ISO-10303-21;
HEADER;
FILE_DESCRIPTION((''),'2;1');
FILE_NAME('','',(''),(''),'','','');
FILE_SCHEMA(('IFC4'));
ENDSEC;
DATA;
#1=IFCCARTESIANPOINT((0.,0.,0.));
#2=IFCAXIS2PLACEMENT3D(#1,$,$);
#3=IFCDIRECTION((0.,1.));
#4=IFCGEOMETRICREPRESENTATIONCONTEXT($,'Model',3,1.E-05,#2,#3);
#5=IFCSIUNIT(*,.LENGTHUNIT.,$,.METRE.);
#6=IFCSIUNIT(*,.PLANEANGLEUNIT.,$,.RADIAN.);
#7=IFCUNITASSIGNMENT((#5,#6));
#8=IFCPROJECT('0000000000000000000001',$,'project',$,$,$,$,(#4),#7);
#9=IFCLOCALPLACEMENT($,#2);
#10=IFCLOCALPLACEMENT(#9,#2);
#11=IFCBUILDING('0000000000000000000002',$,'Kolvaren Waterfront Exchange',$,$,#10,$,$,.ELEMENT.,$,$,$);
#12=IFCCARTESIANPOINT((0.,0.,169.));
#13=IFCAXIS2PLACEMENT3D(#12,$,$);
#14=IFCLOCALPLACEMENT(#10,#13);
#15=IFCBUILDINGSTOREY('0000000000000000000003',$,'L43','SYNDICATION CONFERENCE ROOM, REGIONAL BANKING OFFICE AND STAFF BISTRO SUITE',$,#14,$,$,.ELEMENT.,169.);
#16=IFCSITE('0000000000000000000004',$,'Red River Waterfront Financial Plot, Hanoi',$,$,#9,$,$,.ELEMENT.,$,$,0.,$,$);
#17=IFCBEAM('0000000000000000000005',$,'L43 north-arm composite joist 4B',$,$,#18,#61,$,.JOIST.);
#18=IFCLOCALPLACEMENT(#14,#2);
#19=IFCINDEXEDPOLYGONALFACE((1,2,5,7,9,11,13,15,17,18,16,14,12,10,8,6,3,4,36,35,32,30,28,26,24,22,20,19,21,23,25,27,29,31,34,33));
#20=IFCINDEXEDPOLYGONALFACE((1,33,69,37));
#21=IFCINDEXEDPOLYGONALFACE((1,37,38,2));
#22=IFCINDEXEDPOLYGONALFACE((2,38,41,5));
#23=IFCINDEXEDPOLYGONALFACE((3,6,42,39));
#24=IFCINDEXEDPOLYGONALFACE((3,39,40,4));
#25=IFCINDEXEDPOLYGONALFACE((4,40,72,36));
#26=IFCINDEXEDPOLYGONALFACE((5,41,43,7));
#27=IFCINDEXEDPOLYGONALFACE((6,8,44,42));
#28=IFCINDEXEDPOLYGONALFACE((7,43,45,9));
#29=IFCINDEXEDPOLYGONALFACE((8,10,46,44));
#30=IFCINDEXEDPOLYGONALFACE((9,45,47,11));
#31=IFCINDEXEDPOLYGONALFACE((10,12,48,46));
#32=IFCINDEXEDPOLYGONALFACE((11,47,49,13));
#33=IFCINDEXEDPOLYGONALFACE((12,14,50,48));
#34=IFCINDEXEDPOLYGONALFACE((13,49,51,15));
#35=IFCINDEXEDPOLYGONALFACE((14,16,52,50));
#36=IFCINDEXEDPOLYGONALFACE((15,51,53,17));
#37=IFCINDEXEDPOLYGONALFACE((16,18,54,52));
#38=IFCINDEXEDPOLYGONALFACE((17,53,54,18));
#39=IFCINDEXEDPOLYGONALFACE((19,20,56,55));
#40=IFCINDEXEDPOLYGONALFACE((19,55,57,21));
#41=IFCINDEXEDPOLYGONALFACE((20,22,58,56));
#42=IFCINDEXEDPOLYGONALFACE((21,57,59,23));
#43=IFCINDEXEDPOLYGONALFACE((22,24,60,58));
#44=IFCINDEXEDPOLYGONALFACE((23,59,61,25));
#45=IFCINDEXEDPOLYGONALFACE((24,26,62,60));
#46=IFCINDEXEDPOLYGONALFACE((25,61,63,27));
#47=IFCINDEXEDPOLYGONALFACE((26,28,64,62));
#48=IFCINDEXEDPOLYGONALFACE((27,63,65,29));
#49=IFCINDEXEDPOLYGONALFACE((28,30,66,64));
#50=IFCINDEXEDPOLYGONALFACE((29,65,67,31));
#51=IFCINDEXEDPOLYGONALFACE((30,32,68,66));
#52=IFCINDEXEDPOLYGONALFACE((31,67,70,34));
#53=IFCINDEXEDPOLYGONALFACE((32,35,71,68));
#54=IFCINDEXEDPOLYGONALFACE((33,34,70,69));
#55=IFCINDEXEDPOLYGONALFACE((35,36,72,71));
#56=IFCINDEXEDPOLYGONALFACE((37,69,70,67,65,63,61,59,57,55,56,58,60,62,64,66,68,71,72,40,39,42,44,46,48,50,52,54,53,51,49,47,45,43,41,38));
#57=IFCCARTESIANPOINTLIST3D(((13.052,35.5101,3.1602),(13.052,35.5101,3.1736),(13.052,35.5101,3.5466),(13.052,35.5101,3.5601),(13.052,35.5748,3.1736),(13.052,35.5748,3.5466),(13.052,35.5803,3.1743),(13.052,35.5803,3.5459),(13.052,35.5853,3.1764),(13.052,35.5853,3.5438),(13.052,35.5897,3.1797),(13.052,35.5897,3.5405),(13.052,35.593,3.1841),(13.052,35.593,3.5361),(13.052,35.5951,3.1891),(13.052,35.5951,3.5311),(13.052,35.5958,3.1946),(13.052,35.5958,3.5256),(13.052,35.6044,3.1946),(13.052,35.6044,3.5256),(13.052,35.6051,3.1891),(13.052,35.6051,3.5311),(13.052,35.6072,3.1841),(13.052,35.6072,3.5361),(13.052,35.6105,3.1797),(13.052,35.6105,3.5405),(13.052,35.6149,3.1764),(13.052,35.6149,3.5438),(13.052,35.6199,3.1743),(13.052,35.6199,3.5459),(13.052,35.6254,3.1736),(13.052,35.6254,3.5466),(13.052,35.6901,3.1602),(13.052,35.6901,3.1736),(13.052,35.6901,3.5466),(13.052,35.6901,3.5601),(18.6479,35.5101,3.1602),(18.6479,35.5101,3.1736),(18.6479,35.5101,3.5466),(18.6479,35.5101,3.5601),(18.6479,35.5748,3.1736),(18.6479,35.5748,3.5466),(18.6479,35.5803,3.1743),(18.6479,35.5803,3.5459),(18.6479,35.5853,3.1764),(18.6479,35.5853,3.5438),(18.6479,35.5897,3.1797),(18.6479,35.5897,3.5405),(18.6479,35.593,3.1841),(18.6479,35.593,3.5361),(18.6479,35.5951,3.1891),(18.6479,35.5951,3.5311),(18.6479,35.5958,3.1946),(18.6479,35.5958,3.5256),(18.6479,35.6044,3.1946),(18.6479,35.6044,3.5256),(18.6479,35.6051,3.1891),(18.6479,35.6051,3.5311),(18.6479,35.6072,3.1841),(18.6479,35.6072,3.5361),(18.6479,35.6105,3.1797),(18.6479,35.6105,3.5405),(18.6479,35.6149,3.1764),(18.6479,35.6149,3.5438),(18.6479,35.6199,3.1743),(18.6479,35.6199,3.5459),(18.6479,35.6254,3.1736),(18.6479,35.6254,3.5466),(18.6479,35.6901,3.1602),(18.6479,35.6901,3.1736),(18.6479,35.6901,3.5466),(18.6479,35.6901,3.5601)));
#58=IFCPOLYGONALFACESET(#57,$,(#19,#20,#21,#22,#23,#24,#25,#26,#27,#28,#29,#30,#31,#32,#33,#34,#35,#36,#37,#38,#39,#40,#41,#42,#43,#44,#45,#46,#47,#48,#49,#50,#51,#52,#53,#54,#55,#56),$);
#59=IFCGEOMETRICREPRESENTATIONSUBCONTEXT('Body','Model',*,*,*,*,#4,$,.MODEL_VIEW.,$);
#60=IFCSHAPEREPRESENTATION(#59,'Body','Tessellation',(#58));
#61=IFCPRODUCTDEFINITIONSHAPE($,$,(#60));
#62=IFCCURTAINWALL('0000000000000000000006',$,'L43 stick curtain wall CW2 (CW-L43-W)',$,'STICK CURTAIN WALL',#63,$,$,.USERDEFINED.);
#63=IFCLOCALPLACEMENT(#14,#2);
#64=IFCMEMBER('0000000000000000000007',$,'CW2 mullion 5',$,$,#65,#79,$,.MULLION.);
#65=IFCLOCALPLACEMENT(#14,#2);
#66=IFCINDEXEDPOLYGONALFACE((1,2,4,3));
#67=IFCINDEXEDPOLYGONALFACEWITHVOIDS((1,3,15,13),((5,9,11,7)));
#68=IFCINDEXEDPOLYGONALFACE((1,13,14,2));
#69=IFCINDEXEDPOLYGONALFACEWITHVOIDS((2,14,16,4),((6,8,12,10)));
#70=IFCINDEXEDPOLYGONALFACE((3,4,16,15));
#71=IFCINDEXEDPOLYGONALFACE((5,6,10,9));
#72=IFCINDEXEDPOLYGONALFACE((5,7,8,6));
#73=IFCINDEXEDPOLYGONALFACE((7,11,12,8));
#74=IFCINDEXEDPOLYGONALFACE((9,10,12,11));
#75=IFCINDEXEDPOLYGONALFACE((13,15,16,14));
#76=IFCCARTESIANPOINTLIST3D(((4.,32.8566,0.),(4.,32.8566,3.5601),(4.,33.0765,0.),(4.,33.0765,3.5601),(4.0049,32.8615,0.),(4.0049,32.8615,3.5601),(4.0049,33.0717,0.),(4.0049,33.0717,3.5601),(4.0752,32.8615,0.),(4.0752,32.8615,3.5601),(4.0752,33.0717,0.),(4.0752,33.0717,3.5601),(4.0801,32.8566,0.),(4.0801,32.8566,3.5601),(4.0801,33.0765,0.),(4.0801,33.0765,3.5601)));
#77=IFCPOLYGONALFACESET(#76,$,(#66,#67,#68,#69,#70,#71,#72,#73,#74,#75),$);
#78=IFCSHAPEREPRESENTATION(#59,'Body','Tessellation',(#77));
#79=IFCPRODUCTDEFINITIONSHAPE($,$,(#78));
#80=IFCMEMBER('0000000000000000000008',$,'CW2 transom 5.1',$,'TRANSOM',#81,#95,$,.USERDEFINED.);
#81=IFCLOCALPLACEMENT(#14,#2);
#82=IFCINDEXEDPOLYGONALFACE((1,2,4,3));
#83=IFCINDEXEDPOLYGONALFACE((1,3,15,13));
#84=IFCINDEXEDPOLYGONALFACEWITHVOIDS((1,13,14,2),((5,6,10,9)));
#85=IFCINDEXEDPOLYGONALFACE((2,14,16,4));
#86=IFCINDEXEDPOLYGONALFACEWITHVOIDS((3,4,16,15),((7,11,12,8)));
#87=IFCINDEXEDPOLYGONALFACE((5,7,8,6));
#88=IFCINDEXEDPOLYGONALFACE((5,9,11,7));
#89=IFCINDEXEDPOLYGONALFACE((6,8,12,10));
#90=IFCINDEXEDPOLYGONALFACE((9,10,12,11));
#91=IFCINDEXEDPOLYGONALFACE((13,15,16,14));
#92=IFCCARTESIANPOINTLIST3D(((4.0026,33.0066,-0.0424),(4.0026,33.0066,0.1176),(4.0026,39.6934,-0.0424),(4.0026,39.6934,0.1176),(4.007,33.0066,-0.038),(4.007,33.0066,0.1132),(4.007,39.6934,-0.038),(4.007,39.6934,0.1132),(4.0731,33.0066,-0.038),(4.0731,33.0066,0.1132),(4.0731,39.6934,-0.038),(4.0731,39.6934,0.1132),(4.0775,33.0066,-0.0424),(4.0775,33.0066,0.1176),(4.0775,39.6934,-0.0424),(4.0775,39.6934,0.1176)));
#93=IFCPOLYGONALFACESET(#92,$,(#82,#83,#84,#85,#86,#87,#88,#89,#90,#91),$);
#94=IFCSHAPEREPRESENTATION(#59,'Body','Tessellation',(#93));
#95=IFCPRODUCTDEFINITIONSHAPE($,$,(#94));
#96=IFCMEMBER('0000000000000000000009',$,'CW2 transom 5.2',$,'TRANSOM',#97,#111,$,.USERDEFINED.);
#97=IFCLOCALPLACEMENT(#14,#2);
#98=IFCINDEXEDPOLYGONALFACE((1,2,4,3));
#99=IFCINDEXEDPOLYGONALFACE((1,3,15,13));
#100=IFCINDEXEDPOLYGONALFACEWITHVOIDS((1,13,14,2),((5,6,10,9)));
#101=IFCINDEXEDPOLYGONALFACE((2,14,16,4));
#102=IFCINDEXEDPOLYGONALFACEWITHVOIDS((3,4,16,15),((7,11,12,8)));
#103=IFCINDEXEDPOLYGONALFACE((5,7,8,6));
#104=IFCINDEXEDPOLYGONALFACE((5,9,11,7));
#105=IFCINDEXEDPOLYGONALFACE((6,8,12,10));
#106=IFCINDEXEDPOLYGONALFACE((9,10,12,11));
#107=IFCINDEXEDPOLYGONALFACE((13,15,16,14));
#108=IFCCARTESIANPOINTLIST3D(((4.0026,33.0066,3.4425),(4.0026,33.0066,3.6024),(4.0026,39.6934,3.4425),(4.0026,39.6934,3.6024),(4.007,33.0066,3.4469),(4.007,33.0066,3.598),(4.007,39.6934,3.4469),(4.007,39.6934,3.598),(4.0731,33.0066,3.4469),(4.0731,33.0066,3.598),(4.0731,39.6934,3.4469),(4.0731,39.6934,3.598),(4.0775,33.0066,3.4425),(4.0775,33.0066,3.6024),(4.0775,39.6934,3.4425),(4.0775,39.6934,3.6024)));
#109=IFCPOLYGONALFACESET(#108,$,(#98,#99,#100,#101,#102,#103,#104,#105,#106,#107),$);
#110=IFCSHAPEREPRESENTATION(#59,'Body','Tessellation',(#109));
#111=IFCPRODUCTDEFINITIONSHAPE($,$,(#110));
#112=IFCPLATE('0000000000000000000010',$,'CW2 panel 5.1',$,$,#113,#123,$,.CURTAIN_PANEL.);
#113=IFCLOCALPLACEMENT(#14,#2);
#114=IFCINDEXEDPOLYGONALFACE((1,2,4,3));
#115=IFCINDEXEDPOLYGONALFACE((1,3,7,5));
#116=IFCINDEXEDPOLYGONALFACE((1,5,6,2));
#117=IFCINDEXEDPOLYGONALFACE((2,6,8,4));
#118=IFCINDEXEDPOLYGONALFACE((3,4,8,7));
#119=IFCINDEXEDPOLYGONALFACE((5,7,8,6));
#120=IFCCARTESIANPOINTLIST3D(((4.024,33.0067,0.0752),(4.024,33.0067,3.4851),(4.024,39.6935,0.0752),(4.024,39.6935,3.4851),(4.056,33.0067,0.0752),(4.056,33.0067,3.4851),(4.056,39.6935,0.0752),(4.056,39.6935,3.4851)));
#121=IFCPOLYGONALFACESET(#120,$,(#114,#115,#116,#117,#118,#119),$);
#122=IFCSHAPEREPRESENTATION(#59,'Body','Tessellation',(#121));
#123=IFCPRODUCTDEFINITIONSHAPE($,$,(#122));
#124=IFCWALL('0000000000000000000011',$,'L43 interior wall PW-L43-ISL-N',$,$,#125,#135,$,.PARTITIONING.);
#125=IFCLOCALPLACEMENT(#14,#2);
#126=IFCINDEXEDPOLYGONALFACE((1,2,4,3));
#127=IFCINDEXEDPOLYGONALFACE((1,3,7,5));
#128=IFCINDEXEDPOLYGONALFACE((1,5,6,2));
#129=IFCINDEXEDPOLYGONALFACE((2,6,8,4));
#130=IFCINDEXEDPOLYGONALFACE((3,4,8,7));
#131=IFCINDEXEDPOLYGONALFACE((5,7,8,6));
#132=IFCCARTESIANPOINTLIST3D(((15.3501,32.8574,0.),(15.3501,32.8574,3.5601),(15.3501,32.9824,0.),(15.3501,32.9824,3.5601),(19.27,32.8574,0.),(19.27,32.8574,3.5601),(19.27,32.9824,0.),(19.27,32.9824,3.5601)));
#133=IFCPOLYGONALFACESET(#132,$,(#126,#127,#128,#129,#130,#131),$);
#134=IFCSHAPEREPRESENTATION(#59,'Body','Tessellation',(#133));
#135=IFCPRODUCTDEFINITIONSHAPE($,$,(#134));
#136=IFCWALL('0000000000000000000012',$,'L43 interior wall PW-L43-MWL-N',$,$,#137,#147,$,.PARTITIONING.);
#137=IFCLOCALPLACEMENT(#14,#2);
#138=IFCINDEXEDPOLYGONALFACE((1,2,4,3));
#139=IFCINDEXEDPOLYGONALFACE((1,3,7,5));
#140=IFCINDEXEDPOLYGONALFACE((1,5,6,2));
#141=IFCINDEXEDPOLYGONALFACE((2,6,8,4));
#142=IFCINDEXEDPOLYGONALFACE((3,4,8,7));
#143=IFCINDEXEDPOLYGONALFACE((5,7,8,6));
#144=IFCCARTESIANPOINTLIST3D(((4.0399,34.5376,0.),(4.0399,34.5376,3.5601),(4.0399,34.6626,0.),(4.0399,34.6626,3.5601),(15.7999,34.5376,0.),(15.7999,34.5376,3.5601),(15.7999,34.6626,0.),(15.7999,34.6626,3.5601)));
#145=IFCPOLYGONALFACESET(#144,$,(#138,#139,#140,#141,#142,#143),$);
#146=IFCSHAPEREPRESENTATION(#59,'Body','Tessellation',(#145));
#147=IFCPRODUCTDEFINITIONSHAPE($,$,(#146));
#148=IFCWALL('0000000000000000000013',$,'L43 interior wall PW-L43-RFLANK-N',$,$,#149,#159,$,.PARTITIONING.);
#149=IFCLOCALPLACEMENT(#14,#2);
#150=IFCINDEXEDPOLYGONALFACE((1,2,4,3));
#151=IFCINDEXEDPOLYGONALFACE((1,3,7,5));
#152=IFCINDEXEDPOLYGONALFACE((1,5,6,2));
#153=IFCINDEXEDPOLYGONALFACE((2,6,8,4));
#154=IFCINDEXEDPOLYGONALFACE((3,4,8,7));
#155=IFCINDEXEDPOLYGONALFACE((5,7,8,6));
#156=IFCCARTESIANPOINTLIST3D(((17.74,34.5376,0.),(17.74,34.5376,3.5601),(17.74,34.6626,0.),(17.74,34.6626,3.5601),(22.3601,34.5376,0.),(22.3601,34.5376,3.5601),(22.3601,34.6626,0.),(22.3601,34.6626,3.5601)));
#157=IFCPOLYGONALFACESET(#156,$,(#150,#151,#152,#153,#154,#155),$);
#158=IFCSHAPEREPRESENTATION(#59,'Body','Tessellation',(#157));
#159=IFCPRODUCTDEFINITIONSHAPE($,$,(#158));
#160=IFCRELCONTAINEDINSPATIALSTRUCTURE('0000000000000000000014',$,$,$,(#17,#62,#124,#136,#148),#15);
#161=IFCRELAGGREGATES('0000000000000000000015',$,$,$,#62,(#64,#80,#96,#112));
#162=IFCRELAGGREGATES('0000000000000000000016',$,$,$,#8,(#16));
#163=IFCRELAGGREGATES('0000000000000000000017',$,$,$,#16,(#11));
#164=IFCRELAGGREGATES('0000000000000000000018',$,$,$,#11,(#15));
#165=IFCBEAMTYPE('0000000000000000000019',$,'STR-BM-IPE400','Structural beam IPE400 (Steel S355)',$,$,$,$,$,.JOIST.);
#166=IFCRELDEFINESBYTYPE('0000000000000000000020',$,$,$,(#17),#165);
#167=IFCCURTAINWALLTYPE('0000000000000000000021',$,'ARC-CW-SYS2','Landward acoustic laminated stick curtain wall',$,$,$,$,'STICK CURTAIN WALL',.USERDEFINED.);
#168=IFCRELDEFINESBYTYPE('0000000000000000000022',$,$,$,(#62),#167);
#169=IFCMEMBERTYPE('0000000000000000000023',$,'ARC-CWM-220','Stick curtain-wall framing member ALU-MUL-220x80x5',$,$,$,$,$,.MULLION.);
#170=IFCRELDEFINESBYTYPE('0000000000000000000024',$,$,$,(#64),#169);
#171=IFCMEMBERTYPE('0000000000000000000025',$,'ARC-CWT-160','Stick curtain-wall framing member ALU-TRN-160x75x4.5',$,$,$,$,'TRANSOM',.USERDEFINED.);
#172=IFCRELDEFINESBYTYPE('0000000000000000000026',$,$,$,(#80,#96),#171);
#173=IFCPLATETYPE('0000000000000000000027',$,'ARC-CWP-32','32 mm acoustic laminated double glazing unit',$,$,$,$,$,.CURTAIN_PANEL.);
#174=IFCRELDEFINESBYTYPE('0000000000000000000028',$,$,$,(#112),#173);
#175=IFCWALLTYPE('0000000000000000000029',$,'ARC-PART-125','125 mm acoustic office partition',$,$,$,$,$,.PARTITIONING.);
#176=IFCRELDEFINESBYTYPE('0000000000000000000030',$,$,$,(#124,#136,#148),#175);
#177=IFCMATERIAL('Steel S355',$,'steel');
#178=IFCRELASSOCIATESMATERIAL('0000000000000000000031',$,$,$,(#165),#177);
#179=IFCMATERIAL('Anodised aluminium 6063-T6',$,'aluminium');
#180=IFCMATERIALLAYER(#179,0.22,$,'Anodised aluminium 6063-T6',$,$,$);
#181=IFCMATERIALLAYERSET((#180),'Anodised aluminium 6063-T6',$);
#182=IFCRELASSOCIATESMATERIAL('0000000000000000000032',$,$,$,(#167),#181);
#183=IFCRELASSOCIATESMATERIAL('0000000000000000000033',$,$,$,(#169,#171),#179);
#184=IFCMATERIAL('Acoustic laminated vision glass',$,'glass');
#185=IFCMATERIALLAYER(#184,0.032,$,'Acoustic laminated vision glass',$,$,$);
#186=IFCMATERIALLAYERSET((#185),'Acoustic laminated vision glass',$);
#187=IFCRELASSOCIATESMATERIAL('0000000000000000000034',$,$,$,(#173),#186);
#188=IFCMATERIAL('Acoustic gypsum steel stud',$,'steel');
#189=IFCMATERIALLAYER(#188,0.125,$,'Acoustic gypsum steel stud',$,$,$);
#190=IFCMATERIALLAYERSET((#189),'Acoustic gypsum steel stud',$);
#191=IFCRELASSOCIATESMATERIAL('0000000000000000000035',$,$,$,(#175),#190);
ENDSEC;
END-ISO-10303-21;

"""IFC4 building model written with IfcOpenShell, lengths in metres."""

from ifc_helpers import new_model, si_unit, direction, frame, frame_2d, origin, origin_with_axes, origin_2d, place, context, subcontext, project, spatial, rectangle, hollow_rectangle, i_section, extrude, source, transform, mapped, material, layer, layer_set, material_profile, profile_set, type_object, element, aggregate, save


model = new_model("IFC4")

# Units and contexts
model_context = context("Model", 3, precision=1e-05, world=origin(), true_north=direction((0.0, 1.0)))
body_context = subcontext(model_context, "Body", "Model", "MODEL_VIEW")
ifc_project = project(units=[si_unit("LENGTHUNIT", "METRE"), si_unit("PLANEANGLEUNIT", "RADIAN")], contexts=[model_context])

# Site, building, storey
site_placement = place(None, origin())
site = spatial("IfcSite", under=ifc_project, at=site_placement, Name="Red River Waterfront Financial Plot, Hanoi", CompositionType="ELEMENT", RefElevation=0.0)
building_placement = place(site_placement, origin())
building = spatial("IfcBuilding", under=site, at=building_placement, Name="Kolvaren Waterfront Exchange", CompositionType="ELEMENT")
storey_placement = place(building_placement, frame((0.0, 0.0, 169.0)))
storey = spatial("IfcBuildingStorey", under=building, at=storey_placement, Name="L43", Description="SYNDICATION CONFERENCE ROOM, REGIONAL BANKING OFFICE AND STAFF BISTRO SUITE", CompositionType="ELEMENT", Elevation=169.0)

# Beam
ifc_material_1 = material(Name="Steel S355", Category="steel")
ifc_material_profile_1 = material_profile(ifc_material_1, i_section(OverallWidth=0.1799, OverallDepth=0.3999, WebThickness=0.0085, FlangeThickness=0.0134, FilletRadius=0.021, at=origin_2d()), Name="IPE400")
ifc_profile_set_1 = profile_set([ifc_material_profile_1], Name="Steel S355")
beam_type_1 = type_object("IfcBeamType", Name="STR-BM-IPE400", Description="Structural beam IPE400 (Steel S355)", PredefinedType="JOIST", material=ifc_profile_set_1)
beam_1_placement = place(storey_placement, frame((13.052, 35.6001, 3.3601), z_axis=(1.0, 0.0, 0.0), x_axis=(0.0, 1.0, 0.0)))
element("IfcBeam", 1, at=beam_1_placement, inside=storey, type_object=beam_type_1, Name="L43 north-arm composite joist 4B", PredefinedType="JOIST", context=body_context, shape_type="SweptSolid", body=[
    extrude(i_section(OverallWidth=0.1799, OverallDepth=0.3999, WebThickness=0.0085, FlangeThickness=0.0134, FilletRadius=0.021, at=origin_2d()), origin(), (0.0, 0.0, 1.0), 5.5959),
])

# Curtain wall, members, plate
ifc_material_2 = material(Name="Anodised aluminium 6063-T6", Category="aluminium")
ifc_layer_1 = layer(ifc_material_2, 0.22, Name="Anodised aluminium 6063-T6")
ifc_layer_set_1 = layer_set([ifc_layer_1], Name="Anodised aluminium 6063-T6")
curtain_wall_type = type_object("IfcCurtainWallType", Name="ARC-CW-SYS2", Description="Landward acoustic laminated stick curtain wall", ElementType="STICK CURTAIN WALL", PredefinedType="USERDEFINED", material=ifc_layer_set_1)
curtain_wall_placement = place(storey_placement, origin())
curtain_wall = element("IfcCurtainWall", 2, at=curtain_wall_placement, inside=storey, type_object=curtain_wall_type, Name="L43 stick curtain wall CW2 (CW-L43-W)", ObjectType="STICK CURTAIN WALL", PredefinedType="USERDEFINED")
ifc_material_profile_2 = material_profile(ifc_material_2, hollow_rectangle(XDim=0.0801, YDim=0.22, WallThickness=0.0049, at=origin_2d()), Name="ALU-MUL-220x80x5")
ifc_profile_set_2 = profile_set([ifc_material_profile_2], Name="Anodised aluminium 6063-T6")
member_type_1 = type_object("IfcMemberType", Name="ARC-CWM-220", Description="Stick curtain-wall framing member ALU-MUL-220x80x5", PredefinedType="MULLION", material=ifc_profile_set_2)
shared_shape_1 = source(origin_with_axes(), body_context, "Body", "SweptSolid", [
    extrude(hollow_rectangle(XDim=0.0801, YDim=0.22, WallThickness=0.0049, at=origin_2d()), origin(), (0.0, 0.0, 1.0), 3.5601),
])
member_1_placement = place(storey_placement, frame((4.04, 32.9666, 0.0), z_axis=(0.0, 0.0, 1.0), x_axis=(-1.0, 0.0, 0.0)))
member_1 = element("IfcMember", 3, at=member_1_placement, type_object=member_type_1, Name="CW2 mullion 5", PredefinedType="MULLION", context=body_context, shape_type="MappedRepresentation", body=[
    mapped(shared_shape_1, transform((0.0, 0.0, 0.0), x_axis=(1.0, 0.0, 0.0), y_axis=(0.0, 1.0, 0.0), z_axis=(0.0, 0.0, 1.0), scale=1.0)),
])
ifc_material_profile_3 = material_profile(ifc_material_2, hollow_rectangle(XDim=0.075, YDim=0.1599, WallThickness=0.0044, at=origin_2d()), Name="ALU-TRN-160x75x4.5")
ifc_profile_set_3 = profile_set([ifc_material_profile_3], Name="Anodised aluminium 6063-T6")
member_type_2 = type_object("IfcMemberType", Name="ARC-CWT-160", Description="Stick curtain-wall framing member ALU-TRN-160x75x4.5", ElementType="TRANSOM", PredefinedType="USERDEFINED", material=ifc_profile_set_3)
shared_shape_2 = source(origin_with_axes(), body_context, "Body", "SweptSolid", [
    extrude(hollow_rectangle(XDim=0.075, YDim=0.1599, WallThickness=0.0044, at=origin_2d()), origin(), (0.0, 0.0, 1.0), 6.6868),
])
member_2_placement = place(storey_placement, frame((4.04, 33.0066, 0.0376), z_axis=(0.0, 1.0, 0.0), x_axis=(-1.0, 0.0, 0.0)))
member_2 = element("IfcMember", 4, at=member_2_placement, type_object=member_type_2, Name="CW2 transom 5.1", ObjectType="TRANSOM", PredefinedType="USERDEFINED", context=body_context, shape_type="MappedRepresentation", body=[
    mapped(shared_shape_2, transform((0.0, 0.0, 0.0), x_axis=(1.0, 0.0, 0.0), y_axis=(0.0, 1.0, 0.0), z_axis=(0.0, 0.0, 1.0), scale=1.0)),
])
member_3_placement = place(storey_placement, frame((4.04, 33.0066, 3.5225), z_axis=(0.0, 1.0, 0.0), x_axis=(-1.0, 0.0, 0.0)))
member_3 = element("IfcMember", 5, at=member_3_placement, type_object=member_type_2, Name="CW2 transom 5.2", ObjectType="TRANSOM", PredefinedType="USERDEFINED", context=body_context, shape_type="MappedRepresentation", body=[
    mapped(shared_shape_2, transform((0.0, 0.0, 0.0), x_axis=(1.0, 0.0, 0.0), y_axis=(0.0, 1.0, 0.0), z_axis=(0.0, 0.0, 1.0), scale=1.0)),
])
ifc_material_3 = material(Name="Acoustic laminated vision glass", Category="glass")
ifc_layer_2 = layer(ifc_material_3, 0.032, Name="Acoustic laminated vision glass")
ifc_layer_set_2 = layer_set([ifc_layer_2], Name="Acoustic laminated vision glass")
plate_type = type_object("IfcPlateType", Name="ARC-CWP-32", Description="32 mm acoustic laminated double glazing unit", PredefinedType="CURTAIN_PANEL", material=ifc_layer_set_2)
shared_shape_3 = source(origin_with_axes(), body_context, "Body", "SweptSolid", [
    extrude(rectangle(XDim=6.6868, YDim=0.032, at=origin_2d()), origin(), (0.0, 0.0, 1.0), 3.4099),
])
plate_placement = place(storey_placement, frame((4.04, 36.3501, 0.0752), z_axis=(0.0, 0.0, 1.0), x_axis=(0.0, 1.0, 0.0)))
plate = element("IfcPlate", 6, at=plate_placement, type_object=plate_type, Name="CW2 panel 5.1", PredefinedType="CURTAIN_PANEL", context=body_context, shape_type="MappedRepresentation", body=[
    mapped(shared_shape_3, transform((0.0, 0.0, 0.0), x_axis=(1.0, 0.0, 0.0), y_axis=(0.0, 1.0, 0.0), z_axis=(0.0, 0.0, 1.0), scale=1.0)),
])
aggregate(curtain_wall, [member_1, member_2, member_3, plate])

# Walls
ifc_material_4 = material(Name="Acoustic gypsum steel stud", Category="steel")
ifc_layer_3 = layer(ifc_material_4, 0.125, Name="Acoustic gypsum steel stud")
ifc_layer_set_3 = layer_set([ifc_layer_3], Name="Acoustic gypsum steel stud")
wall_type = type_object("IfcWallType", Name="ARC-PART-125", Description="125 mm acoustic office partition", PredefinedType="PARTITIONING", material=ifc_layer_set_3)
wall_1_placement = place(storey_placement, frame((15.3501, 32.9199, 0.0), z_axis=(0.0, 0.0, 1.0), x_axis=(1.0, 0.0, 0.0)))
element("IfcWall", 7, at=wall_1_placement, inside=storey, type_object=wall_type, Name="L43 interior wall PW-L43-ISL-N", PredefinedType="PARTITIONING", context=body_context, shape_type="SweptSolid", body=[
    extrude(rectangle(XDim=3.9199, YDim=0.125, at=frame_2d((1.96, 0.0))), origin(), (0.0, 0.0, 1.0), 3.5601),
])
wall_2_placement = place(storey_placement, frame((4.04, 34.6001, 0.0), z_axis=(0.0, 0.0, 1.0), x_axis=(1.0, 0.0, 0.0)))
element("IfcWall", 8, at=wall_2_placement, inside=storey, type_object=wall_type, Name="L43 interior wall PW-L43-MWL-N", PredefinedType="PARTITIONING", context=body_context, shape_type="SweptSolid", body=[
    extrude(rectangle(XDim=11.76, YDim=0.125, at=frame_2d((5.8799, 0.0))), origin(), (0.0, 0.0, 1.0), 3.5601),
])
wall_3_placement = place(storey_placement, frame((17.74, 34.6001, 0.0), z_axis=(0.0, 0.0, 1.0), x_axis=(1.0, 0.0, 0.0)))
element("IfcWall", 9, at=wall_3_placement, inside=storey, type_object=wall_type, Name="L43 interior wall PW-L43-RFLANK-N", PredefinedType="PARTITIONING", context=body_context, shape_type="SweptSolid", body=[
    extrude(rectangle(XDim=4.6201, YDim=0.125, at=frame_2d((2.3101, 0.0))), origin(), (0.0, 0.0, 1.0), 3.5601),
])

save(model, "model.ifc")
